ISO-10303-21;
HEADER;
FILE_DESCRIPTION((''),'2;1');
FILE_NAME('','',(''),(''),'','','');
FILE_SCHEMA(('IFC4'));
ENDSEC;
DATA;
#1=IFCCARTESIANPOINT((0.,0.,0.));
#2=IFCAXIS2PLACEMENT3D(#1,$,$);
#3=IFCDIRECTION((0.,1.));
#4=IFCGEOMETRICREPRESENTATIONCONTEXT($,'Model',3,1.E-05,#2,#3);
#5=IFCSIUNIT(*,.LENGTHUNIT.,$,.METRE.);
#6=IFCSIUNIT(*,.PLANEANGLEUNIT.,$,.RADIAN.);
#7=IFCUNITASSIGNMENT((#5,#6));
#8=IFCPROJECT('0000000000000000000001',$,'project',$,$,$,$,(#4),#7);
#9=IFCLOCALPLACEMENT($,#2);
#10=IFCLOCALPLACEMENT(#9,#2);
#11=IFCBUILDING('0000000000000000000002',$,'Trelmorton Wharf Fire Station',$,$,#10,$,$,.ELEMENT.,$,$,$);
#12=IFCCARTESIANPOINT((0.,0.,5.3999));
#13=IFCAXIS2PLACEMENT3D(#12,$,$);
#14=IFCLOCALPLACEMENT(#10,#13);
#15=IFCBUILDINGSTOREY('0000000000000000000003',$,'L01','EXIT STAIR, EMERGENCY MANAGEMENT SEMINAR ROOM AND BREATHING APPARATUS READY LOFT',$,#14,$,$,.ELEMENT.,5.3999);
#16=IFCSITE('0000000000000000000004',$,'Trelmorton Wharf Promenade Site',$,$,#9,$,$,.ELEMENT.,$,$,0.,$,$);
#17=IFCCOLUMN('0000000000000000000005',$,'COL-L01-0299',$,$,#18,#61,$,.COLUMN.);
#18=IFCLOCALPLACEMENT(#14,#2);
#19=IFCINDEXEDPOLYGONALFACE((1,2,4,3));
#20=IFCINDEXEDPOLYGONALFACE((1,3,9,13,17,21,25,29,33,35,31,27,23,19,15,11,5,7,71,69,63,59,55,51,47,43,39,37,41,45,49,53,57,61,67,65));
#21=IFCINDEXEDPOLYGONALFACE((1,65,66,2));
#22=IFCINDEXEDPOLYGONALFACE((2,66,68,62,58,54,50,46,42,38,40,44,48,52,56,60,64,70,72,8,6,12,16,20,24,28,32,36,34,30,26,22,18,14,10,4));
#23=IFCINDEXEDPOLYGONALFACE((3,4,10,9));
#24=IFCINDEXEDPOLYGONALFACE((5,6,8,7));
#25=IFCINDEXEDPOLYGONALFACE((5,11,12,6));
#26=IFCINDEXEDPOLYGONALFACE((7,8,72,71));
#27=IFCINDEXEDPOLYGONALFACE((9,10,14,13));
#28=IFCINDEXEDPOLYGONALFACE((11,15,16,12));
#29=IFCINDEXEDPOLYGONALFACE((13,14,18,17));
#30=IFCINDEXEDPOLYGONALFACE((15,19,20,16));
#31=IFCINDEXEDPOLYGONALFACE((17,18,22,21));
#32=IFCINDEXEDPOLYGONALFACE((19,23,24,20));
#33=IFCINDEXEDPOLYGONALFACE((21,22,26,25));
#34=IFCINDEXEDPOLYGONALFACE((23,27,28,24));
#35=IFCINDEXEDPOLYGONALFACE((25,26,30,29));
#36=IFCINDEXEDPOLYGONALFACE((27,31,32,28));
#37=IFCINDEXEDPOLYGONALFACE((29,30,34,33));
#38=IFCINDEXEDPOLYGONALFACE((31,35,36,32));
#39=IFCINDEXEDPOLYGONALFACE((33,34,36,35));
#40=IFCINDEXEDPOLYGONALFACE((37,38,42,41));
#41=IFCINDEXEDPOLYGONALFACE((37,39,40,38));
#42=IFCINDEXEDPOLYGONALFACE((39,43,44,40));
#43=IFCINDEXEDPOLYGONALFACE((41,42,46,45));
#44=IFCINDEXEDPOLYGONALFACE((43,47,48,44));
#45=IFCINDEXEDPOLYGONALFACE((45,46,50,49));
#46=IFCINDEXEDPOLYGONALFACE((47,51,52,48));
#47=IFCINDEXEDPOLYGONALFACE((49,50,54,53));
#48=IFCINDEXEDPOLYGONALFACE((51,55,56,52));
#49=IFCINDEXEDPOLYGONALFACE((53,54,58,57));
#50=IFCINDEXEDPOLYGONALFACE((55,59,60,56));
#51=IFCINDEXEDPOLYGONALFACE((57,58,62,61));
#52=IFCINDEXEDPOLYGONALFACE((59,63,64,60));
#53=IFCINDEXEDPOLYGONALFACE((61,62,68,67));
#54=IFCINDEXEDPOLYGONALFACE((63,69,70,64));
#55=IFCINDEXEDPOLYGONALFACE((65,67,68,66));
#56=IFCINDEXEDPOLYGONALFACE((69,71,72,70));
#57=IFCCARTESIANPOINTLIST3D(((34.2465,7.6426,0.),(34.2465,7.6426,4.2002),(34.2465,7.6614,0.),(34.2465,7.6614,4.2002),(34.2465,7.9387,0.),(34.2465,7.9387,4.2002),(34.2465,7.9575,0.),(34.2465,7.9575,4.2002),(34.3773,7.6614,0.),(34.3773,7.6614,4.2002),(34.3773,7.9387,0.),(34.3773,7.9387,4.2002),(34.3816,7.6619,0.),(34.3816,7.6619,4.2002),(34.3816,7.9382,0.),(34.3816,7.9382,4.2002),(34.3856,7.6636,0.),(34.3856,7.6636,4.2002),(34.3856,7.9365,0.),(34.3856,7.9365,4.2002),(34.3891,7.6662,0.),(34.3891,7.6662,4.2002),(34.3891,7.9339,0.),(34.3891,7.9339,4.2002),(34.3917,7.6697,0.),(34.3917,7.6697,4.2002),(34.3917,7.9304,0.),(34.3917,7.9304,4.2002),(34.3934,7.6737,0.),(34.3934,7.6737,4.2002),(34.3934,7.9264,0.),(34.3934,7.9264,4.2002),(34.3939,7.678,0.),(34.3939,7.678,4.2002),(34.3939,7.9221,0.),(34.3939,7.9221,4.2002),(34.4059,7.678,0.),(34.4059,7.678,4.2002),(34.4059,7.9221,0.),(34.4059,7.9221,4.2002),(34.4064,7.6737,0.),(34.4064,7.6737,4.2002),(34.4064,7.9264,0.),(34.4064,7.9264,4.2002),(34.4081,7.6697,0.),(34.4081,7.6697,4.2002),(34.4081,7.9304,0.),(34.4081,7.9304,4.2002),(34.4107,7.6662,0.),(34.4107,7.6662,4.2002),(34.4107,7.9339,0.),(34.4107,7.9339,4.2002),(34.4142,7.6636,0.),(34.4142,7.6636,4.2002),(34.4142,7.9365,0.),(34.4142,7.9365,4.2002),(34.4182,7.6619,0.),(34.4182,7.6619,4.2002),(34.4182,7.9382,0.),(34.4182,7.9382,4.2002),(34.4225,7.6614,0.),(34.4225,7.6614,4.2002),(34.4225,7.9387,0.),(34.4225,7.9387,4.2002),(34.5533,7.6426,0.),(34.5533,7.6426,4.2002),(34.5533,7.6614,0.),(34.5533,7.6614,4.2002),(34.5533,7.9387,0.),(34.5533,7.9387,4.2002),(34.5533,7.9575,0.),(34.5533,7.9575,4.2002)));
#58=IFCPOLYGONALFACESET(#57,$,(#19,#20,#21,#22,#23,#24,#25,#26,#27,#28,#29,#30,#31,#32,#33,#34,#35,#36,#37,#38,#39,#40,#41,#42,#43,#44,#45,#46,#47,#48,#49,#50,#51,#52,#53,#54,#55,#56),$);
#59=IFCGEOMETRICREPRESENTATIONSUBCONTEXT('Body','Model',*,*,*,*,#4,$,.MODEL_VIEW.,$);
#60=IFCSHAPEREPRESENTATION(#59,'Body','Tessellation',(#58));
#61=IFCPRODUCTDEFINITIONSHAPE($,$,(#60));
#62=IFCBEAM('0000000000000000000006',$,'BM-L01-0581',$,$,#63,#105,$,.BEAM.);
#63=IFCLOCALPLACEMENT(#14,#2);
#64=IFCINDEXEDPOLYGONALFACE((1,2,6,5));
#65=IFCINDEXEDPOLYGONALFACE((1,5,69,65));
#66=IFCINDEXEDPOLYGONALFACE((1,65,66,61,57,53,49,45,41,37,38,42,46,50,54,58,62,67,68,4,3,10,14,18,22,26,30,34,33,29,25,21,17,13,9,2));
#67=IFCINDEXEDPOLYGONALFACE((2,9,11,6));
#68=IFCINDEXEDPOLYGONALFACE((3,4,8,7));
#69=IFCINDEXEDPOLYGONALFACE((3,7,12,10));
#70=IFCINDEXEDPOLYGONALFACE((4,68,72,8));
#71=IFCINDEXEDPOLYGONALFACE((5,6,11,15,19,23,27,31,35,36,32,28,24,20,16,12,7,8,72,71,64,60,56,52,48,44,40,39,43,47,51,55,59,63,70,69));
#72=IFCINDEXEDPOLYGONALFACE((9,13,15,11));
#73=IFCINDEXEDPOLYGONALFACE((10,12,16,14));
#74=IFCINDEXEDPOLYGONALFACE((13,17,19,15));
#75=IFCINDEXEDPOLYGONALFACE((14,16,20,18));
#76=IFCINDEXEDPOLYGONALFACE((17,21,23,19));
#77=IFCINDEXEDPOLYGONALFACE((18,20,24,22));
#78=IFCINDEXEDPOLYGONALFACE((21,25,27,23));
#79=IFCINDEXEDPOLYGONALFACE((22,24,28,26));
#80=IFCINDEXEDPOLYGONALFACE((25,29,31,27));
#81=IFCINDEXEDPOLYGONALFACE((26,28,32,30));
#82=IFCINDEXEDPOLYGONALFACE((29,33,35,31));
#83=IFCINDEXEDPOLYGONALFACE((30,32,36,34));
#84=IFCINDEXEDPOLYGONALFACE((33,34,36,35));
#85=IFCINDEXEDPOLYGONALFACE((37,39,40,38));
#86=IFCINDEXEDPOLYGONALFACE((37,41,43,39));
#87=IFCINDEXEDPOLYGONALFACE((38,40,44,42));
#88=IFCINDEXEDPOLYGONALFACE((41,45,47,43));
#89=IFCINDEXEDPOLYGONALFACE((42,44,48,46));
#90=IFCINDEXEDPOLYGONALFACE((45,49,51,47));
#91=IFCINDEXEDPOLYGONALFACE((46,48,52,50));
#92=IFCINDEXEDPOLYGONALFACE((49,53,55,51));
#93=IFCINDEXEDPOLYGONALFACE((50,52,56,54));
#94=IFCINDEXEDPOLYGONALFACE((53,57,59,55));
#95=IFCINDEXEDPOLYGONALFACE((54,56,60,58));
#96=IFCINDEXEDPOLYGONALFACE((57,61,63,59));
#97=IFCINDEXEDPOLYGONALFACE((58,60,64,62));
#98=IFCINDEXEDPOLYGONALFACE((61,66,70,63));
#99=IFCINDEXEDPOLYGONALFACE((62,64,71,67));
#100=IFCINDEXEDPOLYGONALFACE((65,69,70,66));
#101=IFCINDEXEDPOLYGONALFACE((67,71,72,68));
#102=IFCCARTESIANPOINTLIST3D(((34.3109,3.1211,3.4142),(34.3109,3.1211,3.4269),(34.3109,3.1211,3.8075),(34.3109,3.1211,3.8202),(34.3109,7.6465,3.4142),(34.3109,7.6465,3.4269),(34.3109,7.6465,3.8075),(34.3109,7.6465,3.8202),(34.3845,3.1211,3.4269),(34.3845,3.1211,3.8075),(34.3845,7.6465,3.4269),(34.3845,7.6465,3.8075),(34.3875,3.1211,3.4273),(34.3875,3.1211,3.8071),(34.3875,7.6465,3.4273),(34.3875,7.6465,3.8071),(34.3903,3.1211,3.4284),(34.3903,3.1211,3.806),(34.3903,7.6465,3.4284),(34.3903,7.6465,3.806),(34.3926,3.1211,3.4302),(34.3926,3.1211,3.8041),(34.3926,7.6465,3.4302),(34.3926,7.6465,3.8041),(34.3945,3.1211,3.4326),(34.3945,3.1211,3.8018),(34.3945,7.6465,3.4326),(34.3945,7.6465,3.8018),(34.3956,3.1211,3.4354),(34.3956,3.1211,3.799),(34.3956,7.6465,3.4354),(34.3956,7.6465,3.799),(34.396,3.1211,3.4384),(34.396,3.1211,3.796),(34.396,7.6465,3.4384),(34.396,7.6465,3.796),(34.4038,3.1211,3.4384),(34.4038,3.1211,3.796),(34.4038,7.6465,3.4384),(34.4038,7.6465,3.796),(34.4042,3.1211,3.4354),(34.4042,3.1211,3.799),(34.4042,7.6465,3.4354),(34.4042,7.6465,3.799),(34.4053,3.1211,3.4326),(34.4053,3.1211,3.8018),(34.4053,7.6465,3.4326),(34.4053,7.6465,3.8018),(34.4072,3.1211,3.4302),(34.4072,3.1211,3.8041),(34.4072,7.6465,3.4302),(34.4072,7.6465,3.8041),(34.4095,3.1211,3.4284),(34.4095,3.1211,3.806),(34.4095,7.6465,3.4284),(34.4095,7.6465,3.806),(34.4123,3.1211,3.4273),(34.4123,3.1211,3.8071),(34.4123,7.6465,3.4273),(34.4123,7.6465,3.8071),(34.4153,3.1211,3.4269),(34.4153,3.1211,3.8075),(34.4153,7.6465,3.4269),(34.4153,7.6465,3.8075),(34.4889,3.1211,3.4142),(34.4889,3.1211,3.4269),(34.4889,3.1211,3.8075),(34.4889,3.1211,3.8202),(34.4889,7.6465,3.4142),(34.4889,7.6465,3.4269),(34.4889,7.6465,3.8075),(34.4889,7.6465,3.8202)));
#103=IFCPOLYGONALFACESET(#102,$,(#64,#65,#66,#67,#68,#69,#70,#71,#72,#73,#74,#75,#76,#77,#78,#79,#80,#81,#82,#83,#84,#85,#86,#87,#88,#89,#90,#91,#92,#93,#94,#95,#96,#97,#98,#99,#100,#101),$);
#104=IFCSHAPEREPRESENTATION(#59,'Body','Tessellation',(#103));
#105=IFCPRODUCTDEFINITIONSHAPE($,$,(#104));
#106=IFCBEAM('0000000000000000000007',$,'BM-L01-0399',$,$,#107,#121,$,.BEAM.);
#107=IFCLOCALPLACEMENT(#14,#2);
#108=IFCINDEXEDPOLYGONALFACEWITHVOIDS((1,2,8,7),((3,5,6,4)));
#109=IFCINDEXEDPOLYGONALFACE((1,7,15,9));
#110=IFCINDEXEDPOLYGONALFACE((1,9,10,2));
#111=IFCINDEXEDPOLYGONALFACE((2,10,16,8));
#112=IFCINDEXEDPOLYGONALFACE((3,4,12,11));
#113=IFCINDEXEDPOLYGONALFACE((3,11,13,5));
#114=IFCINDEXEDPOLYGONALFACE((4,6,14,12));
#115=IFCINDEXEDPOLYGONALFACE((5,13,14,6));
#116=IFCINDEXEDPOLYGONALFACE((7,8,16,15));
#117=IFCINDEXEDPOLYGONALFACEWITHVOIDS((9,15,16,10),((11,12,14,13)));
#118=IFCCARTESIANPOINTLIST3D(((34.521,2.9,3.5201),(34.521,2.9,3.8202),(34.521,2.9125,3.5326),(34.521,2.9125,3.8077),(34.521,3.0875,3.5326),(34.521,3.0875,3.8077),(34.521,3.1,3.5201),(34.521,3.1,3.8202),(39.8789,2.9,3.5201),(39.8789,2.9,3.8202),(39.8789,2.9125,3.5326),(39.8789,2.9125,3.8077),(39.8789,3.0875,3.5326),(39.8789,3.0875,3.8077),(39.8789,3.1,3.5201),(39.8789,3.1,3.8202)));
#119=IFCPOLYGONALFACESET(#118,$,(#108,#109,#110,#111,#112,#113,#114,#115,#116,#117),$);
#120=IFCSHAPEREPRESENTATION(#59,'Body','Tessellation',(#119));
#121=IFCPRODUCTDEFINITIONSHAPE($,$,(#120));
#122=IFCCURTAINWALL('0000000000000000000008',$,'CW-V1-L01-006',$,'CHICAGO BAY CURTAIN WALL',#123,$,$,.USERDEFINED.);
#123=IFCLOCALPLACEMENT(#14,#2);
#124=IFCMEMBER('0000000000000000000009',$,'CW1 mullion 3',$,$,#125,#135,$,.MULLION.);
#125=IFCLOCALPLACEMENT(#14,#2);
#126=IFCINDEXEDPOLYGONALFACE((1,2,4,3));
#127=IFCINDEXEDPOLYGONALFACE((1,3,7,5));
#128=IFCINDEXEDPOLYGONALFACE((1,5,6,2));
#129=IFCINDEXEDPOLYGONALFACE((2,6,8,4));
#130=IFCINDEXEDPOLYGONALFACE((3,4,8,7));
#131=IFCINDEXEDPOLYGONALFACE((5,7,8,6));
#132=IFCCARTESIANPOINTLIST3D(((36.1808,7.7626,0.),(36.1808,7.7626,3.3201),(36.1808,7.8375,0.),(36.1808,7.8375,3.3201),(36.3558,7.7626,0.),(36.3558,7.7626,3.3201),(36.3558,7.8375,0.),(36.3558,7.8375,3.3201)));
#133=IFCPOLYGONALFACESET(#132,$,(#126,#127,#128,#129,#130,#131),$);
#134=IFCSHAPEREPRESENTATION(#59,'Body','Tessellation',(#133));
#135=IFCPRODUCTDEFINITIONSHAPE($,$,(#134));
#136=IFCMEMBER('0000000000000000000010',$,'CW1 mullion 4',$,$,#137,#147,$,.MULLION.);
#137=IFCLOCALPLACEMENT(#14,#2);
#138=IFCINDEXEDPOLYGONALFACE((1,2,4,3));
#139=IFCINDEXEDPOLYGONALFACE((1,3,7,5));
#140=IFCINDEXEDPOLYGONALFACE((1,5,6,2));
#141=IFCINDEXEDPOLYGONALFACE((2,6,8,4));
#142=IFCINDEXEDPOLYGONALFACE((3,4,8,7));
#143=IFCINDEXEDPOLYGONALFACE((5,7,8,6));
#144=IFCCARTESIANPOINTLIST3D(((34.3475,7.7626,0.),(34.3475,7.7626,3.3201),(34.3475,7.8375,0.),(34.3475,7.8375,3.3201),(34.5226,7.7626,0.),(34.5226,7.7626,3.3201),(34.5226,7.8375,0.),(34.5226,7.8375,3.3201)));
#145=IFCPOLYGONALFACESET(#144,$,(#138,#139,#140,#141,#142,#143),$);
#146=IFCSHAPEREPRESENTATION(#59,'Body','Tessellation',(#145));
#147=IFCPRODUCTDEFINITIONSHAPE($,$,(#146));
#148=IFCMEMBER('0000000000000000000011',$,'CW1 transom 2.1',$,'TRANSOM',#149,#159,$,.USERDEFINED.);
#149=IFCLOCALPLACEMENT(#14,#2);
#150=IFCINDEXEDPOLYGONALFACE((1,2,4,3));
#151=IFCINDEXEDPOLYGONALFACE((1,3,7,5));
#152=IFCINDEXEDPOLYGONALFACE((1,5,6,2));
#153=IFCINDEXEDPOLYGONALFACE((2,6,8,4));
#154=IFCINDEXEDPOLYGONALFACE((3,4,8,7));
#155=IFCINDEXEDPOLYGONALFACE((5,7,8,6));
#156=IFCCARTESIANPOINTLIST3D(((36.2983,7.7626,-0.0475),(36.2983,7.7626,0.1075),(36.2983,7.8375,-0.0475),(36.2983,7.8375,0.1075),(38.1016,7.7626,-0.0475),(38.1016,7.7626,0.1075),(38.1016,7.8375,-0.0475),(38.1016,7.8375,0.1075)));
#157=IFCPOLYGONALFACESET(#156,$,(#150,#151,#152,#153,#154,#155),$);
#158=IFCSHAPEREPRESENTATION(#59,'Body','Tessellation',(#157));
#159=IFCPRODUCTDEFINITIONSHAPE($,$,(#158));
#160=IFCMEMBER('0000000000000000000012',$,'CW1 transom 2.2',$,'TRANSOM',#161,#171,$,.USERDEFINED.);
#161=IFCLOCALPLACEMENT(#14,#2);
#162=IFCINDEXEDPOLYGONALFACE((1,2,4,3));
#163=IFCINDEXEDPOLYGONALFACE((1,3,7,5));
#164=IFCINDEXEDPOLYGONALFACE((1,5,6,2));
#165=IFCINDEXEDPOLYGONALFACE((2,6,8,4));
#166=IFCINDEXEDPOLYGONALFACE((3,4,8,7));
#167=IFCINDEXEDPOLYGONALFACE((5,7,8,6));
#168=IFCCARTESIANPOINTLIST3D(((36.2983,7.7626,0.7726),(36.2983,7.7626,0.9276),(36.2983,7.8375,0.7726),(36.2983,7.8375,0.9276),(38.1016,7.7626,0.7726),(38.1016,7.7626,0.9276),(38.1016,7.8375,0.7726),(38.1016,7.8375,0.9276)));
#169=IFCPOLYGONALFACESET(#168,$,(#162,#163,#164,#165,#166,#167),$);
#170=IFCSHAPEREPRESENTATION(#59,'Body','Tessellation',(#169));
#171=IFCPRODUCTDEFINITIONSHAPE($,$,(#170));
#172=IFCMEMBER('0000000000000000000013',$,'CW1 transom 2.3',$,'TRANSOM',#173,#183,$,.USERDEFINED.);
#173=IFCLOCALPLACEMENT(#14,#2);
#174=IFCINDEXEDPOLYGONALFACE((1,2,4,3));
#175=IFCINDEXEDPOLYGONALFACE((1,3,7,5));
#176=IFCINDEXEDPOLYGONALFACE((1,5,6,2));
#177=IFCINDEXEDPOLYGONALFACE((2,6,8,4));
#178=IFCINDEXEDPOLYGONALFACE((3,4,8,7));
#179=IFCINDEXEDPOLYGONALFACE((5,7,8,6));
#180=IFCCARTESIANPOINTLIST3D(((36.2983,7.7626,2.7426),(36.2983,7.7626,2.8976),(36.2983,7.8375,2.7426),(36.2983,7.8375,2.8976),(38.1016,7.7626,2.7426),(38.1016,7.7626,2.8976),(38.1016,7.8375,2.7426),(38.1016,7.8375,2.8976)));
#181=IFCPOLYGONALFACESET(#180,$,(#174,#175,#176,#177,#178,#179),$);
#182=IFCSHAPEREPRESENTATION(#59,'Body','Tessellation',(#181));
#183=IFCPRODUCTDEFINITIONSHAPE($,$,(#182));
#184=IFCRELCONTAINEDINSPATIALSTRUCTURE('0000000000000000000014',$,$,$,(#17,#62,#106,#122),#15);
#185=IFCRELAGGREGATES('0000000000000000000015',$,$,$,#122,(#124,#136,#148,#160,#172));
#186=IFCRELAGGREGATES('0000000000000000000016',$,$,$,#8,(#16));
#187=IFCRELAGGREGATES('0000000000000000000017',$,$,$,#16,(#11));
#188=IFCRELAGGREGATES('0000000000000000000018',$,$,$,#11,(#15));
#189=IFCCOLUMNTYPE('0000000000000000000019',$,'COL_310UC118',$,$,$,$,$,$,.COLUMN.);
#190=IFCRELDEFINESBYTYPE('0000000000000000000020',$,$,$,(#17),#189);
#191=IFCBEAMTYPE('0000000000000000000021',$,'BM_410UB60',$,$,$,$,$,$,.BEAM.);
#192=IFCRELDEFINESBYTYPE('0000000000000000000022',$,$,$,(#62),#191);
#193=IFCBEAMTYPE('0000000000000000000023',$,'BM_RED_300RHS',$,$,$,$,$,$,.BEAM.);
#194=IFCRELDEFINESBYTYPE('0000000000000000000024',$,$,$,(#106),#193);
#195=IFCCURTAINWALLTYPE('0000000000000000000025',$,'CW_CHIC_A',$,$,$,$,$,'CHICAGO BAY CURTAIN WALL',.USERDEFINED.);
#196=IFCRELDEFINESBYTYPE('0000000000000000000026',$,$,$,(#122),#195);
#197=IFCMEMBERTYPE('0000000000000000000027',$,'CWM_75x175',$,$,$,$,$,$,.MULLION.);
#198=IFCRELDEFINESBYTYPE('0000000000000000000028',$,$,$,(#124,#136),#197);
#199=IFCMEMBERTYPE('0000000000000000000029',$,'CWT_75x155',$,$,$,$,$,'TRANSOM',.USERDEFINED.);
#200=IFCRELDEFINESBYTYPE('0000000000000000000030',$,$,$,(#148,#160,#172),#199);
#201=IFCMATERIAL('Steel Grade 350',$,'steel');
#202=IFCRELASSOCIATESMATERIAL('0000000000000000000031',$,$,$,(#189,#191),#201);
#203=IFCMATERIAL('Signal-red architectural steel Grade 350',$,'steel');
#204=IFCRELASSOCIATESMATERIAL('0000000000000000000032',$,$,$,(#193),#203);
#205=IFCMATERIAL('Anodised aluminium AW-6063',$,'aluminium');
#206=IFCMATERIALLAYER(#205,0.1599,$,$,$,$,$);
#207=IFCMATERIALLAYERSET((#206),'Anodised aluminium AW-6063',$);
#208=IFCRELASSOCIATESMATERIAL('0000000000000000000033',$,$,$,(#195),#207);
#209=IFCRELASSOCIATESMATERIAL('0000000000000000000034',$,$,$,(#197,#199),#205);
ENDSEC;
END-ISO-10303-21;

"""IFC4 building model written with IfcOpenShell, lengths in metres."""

from ifc_helpers import new_model, si_unit, direction, frame, origin, origin_2d, place, context, subcontext, project, spatial, rectangle, hollow_rectangle, i_section, extrude, material, layer, layer_set, material_profile, profile_set, type_object, element, aggregate, save


model = new_model("IFC4")

# Units and contexts
model_context = context("Model", 3, precision=1e-05, world=origin(), true_north=direction((0.0, 1.0)))
body_context = subcontext(model_context, "Body", "Model", "MODEL_VIEW")
ifc_project = project(units=[si_unit("LENGTHUNIT", "METRE"), si_unit("PLANEANGLEUNIT", "RADIAN")], contexts=[model_context])

# Site, building, storey
site_placement = place(None, origin())
site = spatial("IfcSite", under=ifc_project, at=site_placement, Name="Trelmorton Wharf Promenade Site", CompositionType="ELEMENT", RefElevation=0.0)
building_placement = place(site_placement, origin())
building = spatial("IfcBuilding", under=site, at=building_placement, Name="Trelmorton Wharf Fire Station", CompositionType="ELEMENT")
storey_placement = place(building_placement, frame((0.0, 0.0, 5.3999)))
storey = spatial("IfcBuildingStorey", under=building, at=storey_placement, Name="L01", Description="EXIT STAIR, EMERGENCY MANAGEMENT SEMINAR ROOM AND BREATHING APPARATUS READY LOFT", CompositionType="ELEMENT", Elevation=5.3999)

# Column
ifc_material_1 = material(Name="Steel Grade 350", Category="steel")
ifc_material_profile_1 = material_profile(ifc_material_1, i_section(OverallWidth=0.3069, OverallDepth=0.3149, WebThickness=0.012, FlangeThickness=0.0188, FilletRadius=0.0166, at=origin_2d()), Name="310UC118")
ifc_profile_set_1 = profile_set([ifc_material_profile_1], Name="Steel Grade 350")
column_type = type_object("IfcColumnType", Name="COL_310UC118", PredefinedType="COLUMN", material=ifc_profile_set_1)
column_placement = place(storey_placement, frame((34.3999, 7.8, 0.0), z_axis=(0.0, 0.0, 1.0), x_axis=(1.0, 0.0, 0.0)))
element("IfcColumn", 1, at=column_placement, inside=storey, type_object=column_type, Name="COL-L01-0299", PredefinedType="COLUMN", context=body_context, shape_type="SweptSolid", body=[
    extrude(i_section(OverallWidth=0.3069, OverallDepth=0.3149, WebThickness=0.012, FlangeThickness=0.0188, FilletRadius=0.0166, at=origin_2d()), origin(), (0.0, 0.0, 1.0), 4.2002),
])

# Beams
ifc_material_profile_2 = material_profile(ifc_material_1, i_section(OverallWidth=0.178, OverallDepth=0.406, WebThickness=0.0078, FlangeThickness=0.0127, FilletRadius=0.0115, at=origin_2d()), Name="410UB59.7")
ifc_profile_set_2 = profile_set([ifc_material_profile_2], Name="Steel Grade 350")
beam_type_1 = type_object("IfcBeamType", Name="BM_410UB60", PredefinedType="BEAM", material=ifc_profile_set_2)
beam_1_placement = place(storey_placement, frame((34.3999, 3.1211, 3.6172), z_axis=(0.0, 1.0, 0.0), x_axis=(-1.0, 0.0, 0.0)))
element("IfcBeam", 2, at=beam_1_placement, inside=storey, type_object=beam_type_1, Name="BM-L01-0581", PredefinedType="BEAM", context=body_context, shape_type="SweptSolid", body=[
    extrude(i_section(OverallWidth=0.178, OverallDepth=0.406, WebThickness=0.0078, FlangeThickness=0.0127, FilletRadius=0.0115, at=origin_2d()), origin(), (0.0, 0.0, 1.0), 4.5254),
])
ifc_material_2 = material(Name="Signal-red architectural steel Grade 350", Category="steel")
ifc_material_profile_3 = material_profile(ifc_material_2, hollow_rectangle(XDim=0.2, YDim=0.3, WallThickness=0.0125, at=origin_2d()), Name="300x200x12.5RHS")
ifc_profile_set_3 = profile_set([ifc_material_profile_3], Name="Signal-red architectural steel Grade 350")
beam_type_2 = type_object("IfcBeamType", Name="BM_RED_300RHS", PredefinedType="BEAM", material=ifc_profile_set_3)
beam_2_placement = place(storey_placement, frame((34.521, 3.0, 3.6702), z_axis=(1.0, 0.0, 0.0), x_axis=(0.0, 1.0, 0.0)))
element("IfcBeam", 3, at=beam_2_placement, inside=storey, type_object=beam_type_2, Name="BM-L01-0399", PredefinedType="BEAM", context=body_context, shape_type="SweptSolid", body=[
    extrude(hollow_rectangle(XDim=0.2, YDim=0.3, WallThickness=0.0125, at=origin_2d()), origin(), (0.0, 0.0, 1.0), 5.3579),
])

# Curtain wall, members
ifc_material_3 = material(Name="Anodised aluminium AW-6063", Category="aluminium")
ifc_layer_1 = layer(ifc_material_3, 0.1599)
ifc_layer_set_1 = layer_set([ifc_layer_1], Name="Anodised aluminium AW-6063")
curtain_wall_type = type_object("IfcCurtainWallType", Name="CW_CHIC_A", ElementType="CHICAGO BAY CURTAIN WALL", PredefinedType="USERDEFINED", material=ifc_layer_set_1)
curtain_wall_placement = place(storey_placement, origin())
curtain_wall = element("IfcCurtainWall", 4, at=curtain_wall_placement, inside=storey, type_object=curtain_wall_type, Name="CW-V1-L01-006", ObjectType="CHICAGO BAY CURTAIN WALL", PredefinedType="USERDEFINED")
ifc_material_profile_4 = material_profile(ifc_material_3, rectangle(XDim=0.075, YDim=0.175, at=origin_2d()), Name="ALU-75x175")
ifc_profile_set_4 = profile_set([ifc_material_profile_4], Name="Anodised aluminium AW-6063")
member_type_1 = type_object("IfcMemberType", Name="CWM_75x175", PredefinedType="MULLION", material=ifc_profile_set_4)
member_1_placement = place(storey_placement, frame((36.2683, 7.8, 0.0), z_axis=(0.0, 0.0, 1.0), x_axis=(0.0, -1.0, 0.0)))
member_1 = element("IfcMember", 5, at=member_1_placement, type_object=member_type_1, Name="CW1 mullion 3", PredefinedType="MULLION", context=body_context, shape_type="SweptSolid", body=[
    extrude(rectangle(XDim=0.075, YDim=0.175, at=origin_2d()), origin(), (0.0, 0.0, 1.0), 3.3201),
])
member_2_placement = place(storey_placement, frame((34.4351, 7.8, 0.0), z_axis=(0.0, 0.0, 1.0), x_axis=(0.0, -1.0, 0.0)))
member_2 = element("IfcMember", 6, at=member_2_placement, type_object=member_type_1, Name="CW1 mullion 4", PredefinedType="MULLION", context=body_context, shape_type="SweptSolid", body=[
    extrude(rectangle(XDim=0.075, YDim=0.175, at=origin_2d()), origin(), (0.0, 0.0, 1.0), 3.3201),
])
ifc_material_profile_5 = material_profile(ifc_material_3, rectangle(XDim=0.075, YDim=0.155, at=origin_2d()), Name="ALU-75x155")
ifc_profile_set_5 = profile_set([ifc_material_profile_5], Name="Anodised aluminium AW-6063")
member_type_2 = type_object("IfcMemberType", Name="CWT_75x155", ElementType="TRANSOM", PredefinedType="USERDEFINED", material=ifc_profile_set_5)
member_3_placement = place(storey_placement, frame((38.1016, 7.8, 0.03), z_axis=(-1.0, 0.0, 0.0), x_axis=(0.0, -1.0, 0.0)))
member_3 = element("IfcMember", 7, at=member_3_placement, type_object=member_type_2, Name="CW1 transom 2.1", ObjectType="TRANSOM", PredefinedType="USERDEFINED", context=body_context, shape_type="SweptSolid", body=[
    extrude(rectangle(XDim=0.075, YDim=0.155, at=origin_2d()), origin(), (0.0, 0.0, 1.0), 1.8032),
])
member_4_placement = place(storey_placement, frame((38.1016, 7.8, 0.8501), z_axis=(-1.0, 0.0, 0.0), x_axis=(0.0, -1.0, 0.0)))
member_4 = element("IfcMember", 8, at=member_4_placement, type_object=member_type_2, Name="CW1 transom 2.2", ObjectType="TRANSOM", PredefinedType="USERDEFINED", context=body_context, shape_type="SweptSolid", body=[
    extrude(rectangle(XDim=0.075, YDim=0.155, at=origin_2d()), origin(), (0.0, 0.0, 1.0), 1.8032),
])
member_5_placement = place(storey_placement, frame((38.1016, 7.8, 2.8201), z_axis=(-1.0, 0.0, 0.0), x_axis=(0.0, -1.0, 0.0)))
member_5 = element("IfcMember", 9, at=member_5_placement, type_object=member_type_2, Name="CW1 transom 2.3", ObjectType="TRANSOM", PredefinedType="USERDEFINED", context=body_context, shape_type="SweptSolid", body=[
    extrude(rectangle(XDim=0.075, YDim=0.155, at=origin_2d()), origin(), (0.0, 0.0, 1.0), 1.8032),
])

aggregate(curtain_wall, [member_1, member_2, member_3, member_4, member_5])

save(model, "model.ifc")
